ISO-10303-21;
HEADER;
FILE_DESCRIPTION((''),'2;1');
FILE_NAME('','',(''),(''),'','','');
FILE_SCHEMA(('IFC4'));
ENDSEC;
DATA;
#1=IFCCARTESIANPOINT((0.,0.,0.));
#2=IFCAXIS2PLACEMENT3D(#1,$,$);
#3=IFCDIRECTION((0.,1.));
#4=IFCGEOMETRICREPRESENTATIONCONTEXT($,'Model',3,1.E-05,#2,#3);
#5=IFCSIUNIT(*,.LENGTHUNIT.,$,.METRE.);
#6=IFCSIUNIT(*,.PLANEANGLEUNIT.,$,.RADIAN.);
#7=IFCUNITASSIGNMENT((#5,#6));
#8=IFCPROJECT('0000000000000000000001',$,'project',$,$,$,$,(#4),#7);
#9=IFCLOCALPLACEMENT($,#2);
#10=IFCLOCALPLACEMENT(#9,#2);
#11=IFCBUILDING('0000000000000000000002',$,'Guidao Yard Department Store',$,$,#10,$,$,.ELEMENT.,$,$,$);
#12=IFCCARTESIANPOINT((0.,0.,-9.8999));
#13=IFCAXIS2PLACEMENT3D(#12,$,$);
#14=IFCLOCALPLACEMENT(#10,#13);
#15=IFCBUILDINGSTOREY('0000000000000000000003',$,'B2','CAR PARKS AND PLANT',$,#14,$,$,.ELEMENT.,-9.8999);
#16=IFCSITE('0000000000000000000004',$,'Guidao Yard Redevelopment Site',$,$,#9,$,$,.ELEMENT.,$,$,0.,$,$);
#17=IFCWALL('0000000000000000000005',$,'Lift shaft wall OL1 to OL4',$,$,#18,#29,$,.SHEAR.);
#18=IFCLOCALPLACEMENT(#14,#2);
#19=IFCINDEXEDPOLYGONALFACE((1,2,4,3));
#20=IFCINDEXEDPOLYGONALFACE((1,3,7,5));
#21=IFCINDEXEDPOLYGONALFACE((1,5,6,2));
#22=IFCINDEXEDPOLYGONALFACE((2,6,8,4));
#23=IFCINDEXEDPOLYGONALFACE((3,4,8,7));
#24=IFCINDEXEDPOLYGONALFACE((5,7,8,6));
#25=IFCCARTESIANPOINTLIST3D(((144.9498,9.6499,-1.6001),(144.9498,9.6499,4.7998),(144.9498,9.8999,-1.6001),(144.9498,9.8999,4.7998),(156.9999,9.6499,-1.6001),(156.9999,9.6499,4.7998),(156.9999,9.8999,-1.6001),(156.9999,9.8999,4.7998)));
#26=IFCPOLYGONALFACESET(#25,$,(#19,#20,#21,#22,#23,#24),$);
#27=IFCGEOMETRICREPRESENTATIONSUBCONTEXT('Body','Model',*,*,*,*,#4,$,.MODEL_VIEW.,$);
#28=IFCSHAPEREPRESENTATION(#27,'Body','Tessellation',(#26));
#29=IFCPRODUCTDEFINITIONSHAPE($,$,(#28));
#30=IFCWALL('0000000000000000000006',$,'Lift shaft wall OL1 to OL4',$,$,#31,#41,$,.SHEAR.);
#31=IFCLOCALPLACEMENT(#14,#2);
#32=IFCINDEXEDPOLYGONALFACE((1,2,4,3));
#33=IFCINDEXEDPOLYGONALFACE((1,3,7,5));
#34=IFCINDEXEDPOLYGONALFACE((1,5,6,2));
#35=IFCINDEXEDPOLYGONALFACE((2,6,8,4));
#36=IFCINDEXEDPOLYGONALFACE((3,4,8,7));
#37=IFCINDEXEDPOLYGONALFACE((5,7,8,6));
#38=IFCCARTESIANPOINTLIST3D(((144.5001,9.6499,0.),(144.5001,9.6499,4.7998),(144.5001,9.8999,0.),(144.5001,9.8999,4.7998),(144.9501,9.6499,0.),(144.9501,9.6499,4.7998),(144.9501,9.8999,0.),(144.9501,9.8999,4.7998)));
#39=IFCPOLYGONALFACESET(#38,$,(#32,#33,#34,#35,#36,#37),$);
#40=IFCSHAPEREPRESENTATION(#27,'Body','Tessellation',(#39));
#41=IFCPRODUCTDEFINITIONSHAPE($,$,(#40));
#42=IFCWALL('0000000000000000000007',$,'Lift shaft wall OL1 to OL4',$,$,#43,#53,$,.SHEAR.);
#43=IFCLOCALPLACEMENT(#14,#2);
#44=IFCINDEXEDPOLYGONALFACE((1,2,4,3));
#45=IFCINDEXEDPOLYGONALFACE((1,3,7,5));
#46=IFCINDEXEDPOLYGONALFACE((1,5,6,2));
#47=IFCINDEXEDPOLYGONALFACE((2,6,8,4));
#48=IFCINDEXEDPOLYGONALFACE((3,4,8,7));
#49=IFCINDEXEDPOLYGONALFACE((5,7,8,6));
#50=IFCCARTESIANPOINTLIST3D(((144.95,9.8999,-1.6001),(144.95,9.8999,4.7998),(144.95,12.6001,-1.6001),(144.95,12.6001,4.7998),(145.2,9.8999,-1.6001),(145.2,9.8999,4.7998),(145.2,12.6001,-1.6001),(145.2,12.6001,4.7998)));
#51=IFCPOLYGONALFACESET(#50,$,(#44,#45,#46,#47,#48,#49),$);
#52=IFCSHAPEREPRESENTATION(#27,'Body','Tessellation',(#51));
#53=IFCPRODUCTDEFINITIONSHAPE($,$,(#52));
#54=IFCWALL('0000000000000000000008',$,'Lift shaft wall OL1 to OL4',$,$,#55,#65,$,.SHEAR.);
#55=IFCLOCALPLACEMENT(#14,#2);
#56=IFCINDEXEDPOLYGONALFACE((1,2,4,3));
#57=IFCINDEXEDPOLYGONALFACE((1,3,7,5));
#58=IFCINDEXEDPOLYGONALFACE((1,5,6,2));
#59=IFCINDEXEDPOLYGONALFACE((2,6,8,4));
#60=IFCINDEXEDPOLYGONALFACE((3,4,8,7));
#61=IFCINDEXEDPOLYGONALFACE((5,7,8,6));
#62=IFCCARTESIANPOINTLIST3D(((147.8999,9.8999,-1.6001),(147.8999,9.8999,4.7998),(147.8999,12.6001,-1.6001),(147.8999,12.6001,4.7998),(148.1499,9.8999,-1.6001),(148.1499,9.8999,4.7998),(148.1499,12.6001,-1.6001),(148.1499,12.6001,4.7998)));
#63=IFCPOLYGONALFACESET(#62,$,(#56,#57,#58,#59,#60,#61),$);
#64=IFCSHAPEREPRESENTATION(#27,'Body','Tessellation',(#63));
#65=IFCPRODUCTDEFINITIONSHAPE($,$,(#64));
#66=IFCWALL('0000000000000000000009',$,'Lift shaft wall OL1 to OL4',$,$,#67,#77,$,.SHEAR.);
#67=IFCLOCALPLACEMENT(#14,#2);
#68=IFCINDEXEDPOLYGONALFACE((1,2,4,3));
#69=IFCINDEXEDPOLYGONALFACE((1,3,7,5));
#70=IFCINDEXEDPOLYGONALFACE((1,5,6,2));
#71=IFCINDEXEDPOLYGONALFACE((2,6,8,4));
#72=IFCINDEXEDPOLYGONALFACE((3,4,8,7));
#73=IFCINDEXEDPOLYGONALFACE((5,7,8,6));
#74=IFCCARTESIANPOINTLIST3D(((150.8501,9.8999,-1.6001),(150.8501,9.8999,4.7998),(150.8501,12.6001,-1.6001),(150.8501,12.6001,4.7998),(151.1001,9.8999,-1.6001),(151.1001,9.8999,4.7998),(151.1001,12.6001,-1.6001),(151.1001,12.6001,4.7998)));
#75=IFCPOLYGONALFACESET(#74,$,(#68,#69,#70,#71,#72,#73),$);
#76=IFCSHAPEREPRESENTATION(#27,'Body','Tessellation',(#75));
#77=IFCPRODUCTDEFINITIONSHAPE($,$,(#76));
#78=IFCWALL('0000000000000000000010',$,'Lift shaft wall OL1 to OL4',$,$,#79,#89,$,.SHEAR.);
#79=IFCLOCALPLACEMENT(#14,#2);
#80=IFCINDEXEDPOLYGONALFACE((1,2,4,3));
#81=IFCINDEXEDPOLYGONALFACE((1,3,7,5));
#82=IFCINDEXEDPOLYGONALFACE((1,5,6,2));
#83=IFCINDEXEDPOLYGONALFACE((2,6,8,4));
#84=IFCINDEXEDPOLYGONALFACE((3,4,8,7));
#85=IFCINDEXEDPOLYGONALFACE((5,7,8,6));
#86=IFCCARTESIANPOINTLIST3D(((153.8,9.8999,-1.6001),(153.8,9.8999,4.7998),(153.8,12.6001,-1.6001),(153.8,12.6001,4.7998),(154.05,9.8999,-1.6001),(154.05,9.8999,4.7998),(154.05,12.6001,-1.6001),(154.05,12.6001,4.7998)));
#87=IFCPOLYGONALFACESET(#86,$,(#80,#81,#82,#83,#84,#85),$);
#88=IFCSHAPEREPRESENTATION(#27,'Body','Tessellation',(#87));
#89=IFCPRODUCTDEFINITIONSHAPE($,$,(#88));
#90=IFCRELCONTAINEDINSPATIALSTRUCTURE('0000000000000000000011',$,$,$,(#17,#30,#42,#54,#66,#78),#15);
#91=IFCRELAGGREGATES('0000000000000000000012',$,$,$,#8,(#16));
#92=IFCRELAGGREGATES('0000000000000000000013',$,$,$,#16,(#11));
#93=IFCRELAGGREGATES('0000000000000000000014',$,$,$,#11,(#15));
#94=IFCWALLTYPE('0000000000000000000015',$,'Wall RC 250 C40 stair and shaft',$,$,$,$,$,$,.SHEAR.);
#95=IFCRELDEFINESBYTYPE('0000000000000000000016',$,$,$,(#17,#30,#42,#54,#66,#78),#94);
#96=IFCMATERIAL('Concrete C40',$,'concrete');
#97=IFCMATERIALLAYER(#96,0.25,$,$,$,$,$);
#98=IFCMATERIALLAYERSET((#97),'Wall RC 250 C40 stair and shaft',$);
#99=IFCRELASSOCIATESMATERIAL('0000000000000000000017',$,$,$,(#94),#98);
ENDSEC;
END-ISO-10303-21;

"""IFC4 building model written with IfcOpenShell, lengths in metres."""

from ifc_helpers import new_model, si_unit, direction, frame, frame_2d, origin, place, context, subcontext, project, spatial, rectangle, extrude, material, layer, layer_set, type_object, element, save


model = new_model("IFC4")

# Units and contexts
model_context = context("Model", 3, precision=1e-05, world=origin(), true_north=direction((0.0, 1.0)))
body_context = subcontext(model_context, "Body", "Model", "MODEL_VIEW")
ifc_project = project(units=[si_unit("LENGTHUNIT", "METRE"), si_unit("PLANEANGLEUNIT", "RADIAN")], contexts=[model_context])

# Site, building, storey
site_placement = place(None, origin())
site = spatial("IfcSite", under=ifc_project, at=site_placement, Name="Guidao Yard Redevelopment Site", CompositionType="ELEMENT", RefElevation=0.0)
building_placement = place(site_placement, origin())
building = spatial("IfcBuilding", under=site, at=building_placement, Name="Guidao Yard Department Store", CompositionType="ELEMENT")
storey_placement = place(building_placement, frame((0.0, 0.0, -9.8999)))
storey = spatial("IfcBuildingStorey", under=building, at=storey_placement, Name="B2", Description="CAR PARKS AND PLANT", CompositionType="ELEMENT", Elevation=-9.8999)

# Walls
ifc_material_1 = material(Name="Concrete C40", Category="concrete")
ifc_layer_1 = layer(ifc_material_1, 0.25)
ifc_layer_set_1 = layer_set([ifc_layer_1], Name="Wall RC 250 C40 stair and shaft")
wall_type_1 = type_object("IfcWallType", Name="Wall RC 250 C40 stair and shaft", PredefinedType="SHEAR", material=ifc_layer_set_1)
wall_1_placement = place(storey_placement, frame((144.95, 9.7749, -1.6001), z_axis=(0.0, 0.0, 1.0), x_axis=(1.0, 0.0, 0.0)))
element("IfcWall", 1, at=wall_1_placement, inside=storey, type_object=wall_type_1, Name="Lift shaft wall OL1 to OL4", PredefinedType="SHEAR", context=body_context, shape_type="SweptSolid", body=[
    extrude(rectangle(XDim=12.05, YDim=0.25, at=frame_2d((6.0249, 0.0))), origin(), (0.0, 0.0, 1.0), 6.3999),
])
wall_2_placement = place(storey_placement, frame((144.5, 9.7749, 0.0), z_axis=(0.0, 0.0, 1.0), x_axis=(1.0, 0.0, 0.0)))
element("IfcWall", 2, at=wall_2_placement, inside=storey, type_object=wall_type_1, Name="Lift shaft wall OL1 to OL4", PredefinedType="SHEAR", context=body_context, shape_type="SweptSolid", body=[
    extrude(rectangle(XDim=0.45, YDim=0.25, at=frame_2d((0.2251, 0.0))), origin(), (0.0, 0.0, 1.0), 4.7998),
])
for number, where, z_axis, x_axis, name in (
    (3, (145.075, 9.8999, -1.6001), (0.0, 0.0, 1.0), (0.0, 1.0, 0.0), "Lift shaft wall OL1 to OL4"),
    (4, (148.0249, 9.8999, -1.6001), (0.0, 0.0, 1.0), (0.0, 1.0, 0.0), "Lift shaft wall OL1 to OL4"),
    (5, (150.9751, 9.8999, -1.6001), (0.0, 0.0, 1.0), (0.0, 1.0, 0.0), "Lift shaft wall OL1 to OL4"),
    (6, (153.925, 9.8999, -1.6001), (0.0, 0.0, 1.0), (0.0, 1.0, 0.0), "Lift shaft wall OL1 to OL4"),
):
    element("IfcWall", number, at=place(storey_placement, frame(where, z_axis=z_axis, x_axis=x_axis)), inside=storey, type_object=wall_type_1, Name=name, PredefinedType="SHEAR", context=body_context, shape_type="SweptSolid", body=[
        extrude(rectangle(XDim=2.7002, YDim=0.25, at=frame_2d((1.3501, 0.0))), origin(), (0.0, 0.0, 1.0), 6.3999),
    ])

save(model, "model.ifc")
